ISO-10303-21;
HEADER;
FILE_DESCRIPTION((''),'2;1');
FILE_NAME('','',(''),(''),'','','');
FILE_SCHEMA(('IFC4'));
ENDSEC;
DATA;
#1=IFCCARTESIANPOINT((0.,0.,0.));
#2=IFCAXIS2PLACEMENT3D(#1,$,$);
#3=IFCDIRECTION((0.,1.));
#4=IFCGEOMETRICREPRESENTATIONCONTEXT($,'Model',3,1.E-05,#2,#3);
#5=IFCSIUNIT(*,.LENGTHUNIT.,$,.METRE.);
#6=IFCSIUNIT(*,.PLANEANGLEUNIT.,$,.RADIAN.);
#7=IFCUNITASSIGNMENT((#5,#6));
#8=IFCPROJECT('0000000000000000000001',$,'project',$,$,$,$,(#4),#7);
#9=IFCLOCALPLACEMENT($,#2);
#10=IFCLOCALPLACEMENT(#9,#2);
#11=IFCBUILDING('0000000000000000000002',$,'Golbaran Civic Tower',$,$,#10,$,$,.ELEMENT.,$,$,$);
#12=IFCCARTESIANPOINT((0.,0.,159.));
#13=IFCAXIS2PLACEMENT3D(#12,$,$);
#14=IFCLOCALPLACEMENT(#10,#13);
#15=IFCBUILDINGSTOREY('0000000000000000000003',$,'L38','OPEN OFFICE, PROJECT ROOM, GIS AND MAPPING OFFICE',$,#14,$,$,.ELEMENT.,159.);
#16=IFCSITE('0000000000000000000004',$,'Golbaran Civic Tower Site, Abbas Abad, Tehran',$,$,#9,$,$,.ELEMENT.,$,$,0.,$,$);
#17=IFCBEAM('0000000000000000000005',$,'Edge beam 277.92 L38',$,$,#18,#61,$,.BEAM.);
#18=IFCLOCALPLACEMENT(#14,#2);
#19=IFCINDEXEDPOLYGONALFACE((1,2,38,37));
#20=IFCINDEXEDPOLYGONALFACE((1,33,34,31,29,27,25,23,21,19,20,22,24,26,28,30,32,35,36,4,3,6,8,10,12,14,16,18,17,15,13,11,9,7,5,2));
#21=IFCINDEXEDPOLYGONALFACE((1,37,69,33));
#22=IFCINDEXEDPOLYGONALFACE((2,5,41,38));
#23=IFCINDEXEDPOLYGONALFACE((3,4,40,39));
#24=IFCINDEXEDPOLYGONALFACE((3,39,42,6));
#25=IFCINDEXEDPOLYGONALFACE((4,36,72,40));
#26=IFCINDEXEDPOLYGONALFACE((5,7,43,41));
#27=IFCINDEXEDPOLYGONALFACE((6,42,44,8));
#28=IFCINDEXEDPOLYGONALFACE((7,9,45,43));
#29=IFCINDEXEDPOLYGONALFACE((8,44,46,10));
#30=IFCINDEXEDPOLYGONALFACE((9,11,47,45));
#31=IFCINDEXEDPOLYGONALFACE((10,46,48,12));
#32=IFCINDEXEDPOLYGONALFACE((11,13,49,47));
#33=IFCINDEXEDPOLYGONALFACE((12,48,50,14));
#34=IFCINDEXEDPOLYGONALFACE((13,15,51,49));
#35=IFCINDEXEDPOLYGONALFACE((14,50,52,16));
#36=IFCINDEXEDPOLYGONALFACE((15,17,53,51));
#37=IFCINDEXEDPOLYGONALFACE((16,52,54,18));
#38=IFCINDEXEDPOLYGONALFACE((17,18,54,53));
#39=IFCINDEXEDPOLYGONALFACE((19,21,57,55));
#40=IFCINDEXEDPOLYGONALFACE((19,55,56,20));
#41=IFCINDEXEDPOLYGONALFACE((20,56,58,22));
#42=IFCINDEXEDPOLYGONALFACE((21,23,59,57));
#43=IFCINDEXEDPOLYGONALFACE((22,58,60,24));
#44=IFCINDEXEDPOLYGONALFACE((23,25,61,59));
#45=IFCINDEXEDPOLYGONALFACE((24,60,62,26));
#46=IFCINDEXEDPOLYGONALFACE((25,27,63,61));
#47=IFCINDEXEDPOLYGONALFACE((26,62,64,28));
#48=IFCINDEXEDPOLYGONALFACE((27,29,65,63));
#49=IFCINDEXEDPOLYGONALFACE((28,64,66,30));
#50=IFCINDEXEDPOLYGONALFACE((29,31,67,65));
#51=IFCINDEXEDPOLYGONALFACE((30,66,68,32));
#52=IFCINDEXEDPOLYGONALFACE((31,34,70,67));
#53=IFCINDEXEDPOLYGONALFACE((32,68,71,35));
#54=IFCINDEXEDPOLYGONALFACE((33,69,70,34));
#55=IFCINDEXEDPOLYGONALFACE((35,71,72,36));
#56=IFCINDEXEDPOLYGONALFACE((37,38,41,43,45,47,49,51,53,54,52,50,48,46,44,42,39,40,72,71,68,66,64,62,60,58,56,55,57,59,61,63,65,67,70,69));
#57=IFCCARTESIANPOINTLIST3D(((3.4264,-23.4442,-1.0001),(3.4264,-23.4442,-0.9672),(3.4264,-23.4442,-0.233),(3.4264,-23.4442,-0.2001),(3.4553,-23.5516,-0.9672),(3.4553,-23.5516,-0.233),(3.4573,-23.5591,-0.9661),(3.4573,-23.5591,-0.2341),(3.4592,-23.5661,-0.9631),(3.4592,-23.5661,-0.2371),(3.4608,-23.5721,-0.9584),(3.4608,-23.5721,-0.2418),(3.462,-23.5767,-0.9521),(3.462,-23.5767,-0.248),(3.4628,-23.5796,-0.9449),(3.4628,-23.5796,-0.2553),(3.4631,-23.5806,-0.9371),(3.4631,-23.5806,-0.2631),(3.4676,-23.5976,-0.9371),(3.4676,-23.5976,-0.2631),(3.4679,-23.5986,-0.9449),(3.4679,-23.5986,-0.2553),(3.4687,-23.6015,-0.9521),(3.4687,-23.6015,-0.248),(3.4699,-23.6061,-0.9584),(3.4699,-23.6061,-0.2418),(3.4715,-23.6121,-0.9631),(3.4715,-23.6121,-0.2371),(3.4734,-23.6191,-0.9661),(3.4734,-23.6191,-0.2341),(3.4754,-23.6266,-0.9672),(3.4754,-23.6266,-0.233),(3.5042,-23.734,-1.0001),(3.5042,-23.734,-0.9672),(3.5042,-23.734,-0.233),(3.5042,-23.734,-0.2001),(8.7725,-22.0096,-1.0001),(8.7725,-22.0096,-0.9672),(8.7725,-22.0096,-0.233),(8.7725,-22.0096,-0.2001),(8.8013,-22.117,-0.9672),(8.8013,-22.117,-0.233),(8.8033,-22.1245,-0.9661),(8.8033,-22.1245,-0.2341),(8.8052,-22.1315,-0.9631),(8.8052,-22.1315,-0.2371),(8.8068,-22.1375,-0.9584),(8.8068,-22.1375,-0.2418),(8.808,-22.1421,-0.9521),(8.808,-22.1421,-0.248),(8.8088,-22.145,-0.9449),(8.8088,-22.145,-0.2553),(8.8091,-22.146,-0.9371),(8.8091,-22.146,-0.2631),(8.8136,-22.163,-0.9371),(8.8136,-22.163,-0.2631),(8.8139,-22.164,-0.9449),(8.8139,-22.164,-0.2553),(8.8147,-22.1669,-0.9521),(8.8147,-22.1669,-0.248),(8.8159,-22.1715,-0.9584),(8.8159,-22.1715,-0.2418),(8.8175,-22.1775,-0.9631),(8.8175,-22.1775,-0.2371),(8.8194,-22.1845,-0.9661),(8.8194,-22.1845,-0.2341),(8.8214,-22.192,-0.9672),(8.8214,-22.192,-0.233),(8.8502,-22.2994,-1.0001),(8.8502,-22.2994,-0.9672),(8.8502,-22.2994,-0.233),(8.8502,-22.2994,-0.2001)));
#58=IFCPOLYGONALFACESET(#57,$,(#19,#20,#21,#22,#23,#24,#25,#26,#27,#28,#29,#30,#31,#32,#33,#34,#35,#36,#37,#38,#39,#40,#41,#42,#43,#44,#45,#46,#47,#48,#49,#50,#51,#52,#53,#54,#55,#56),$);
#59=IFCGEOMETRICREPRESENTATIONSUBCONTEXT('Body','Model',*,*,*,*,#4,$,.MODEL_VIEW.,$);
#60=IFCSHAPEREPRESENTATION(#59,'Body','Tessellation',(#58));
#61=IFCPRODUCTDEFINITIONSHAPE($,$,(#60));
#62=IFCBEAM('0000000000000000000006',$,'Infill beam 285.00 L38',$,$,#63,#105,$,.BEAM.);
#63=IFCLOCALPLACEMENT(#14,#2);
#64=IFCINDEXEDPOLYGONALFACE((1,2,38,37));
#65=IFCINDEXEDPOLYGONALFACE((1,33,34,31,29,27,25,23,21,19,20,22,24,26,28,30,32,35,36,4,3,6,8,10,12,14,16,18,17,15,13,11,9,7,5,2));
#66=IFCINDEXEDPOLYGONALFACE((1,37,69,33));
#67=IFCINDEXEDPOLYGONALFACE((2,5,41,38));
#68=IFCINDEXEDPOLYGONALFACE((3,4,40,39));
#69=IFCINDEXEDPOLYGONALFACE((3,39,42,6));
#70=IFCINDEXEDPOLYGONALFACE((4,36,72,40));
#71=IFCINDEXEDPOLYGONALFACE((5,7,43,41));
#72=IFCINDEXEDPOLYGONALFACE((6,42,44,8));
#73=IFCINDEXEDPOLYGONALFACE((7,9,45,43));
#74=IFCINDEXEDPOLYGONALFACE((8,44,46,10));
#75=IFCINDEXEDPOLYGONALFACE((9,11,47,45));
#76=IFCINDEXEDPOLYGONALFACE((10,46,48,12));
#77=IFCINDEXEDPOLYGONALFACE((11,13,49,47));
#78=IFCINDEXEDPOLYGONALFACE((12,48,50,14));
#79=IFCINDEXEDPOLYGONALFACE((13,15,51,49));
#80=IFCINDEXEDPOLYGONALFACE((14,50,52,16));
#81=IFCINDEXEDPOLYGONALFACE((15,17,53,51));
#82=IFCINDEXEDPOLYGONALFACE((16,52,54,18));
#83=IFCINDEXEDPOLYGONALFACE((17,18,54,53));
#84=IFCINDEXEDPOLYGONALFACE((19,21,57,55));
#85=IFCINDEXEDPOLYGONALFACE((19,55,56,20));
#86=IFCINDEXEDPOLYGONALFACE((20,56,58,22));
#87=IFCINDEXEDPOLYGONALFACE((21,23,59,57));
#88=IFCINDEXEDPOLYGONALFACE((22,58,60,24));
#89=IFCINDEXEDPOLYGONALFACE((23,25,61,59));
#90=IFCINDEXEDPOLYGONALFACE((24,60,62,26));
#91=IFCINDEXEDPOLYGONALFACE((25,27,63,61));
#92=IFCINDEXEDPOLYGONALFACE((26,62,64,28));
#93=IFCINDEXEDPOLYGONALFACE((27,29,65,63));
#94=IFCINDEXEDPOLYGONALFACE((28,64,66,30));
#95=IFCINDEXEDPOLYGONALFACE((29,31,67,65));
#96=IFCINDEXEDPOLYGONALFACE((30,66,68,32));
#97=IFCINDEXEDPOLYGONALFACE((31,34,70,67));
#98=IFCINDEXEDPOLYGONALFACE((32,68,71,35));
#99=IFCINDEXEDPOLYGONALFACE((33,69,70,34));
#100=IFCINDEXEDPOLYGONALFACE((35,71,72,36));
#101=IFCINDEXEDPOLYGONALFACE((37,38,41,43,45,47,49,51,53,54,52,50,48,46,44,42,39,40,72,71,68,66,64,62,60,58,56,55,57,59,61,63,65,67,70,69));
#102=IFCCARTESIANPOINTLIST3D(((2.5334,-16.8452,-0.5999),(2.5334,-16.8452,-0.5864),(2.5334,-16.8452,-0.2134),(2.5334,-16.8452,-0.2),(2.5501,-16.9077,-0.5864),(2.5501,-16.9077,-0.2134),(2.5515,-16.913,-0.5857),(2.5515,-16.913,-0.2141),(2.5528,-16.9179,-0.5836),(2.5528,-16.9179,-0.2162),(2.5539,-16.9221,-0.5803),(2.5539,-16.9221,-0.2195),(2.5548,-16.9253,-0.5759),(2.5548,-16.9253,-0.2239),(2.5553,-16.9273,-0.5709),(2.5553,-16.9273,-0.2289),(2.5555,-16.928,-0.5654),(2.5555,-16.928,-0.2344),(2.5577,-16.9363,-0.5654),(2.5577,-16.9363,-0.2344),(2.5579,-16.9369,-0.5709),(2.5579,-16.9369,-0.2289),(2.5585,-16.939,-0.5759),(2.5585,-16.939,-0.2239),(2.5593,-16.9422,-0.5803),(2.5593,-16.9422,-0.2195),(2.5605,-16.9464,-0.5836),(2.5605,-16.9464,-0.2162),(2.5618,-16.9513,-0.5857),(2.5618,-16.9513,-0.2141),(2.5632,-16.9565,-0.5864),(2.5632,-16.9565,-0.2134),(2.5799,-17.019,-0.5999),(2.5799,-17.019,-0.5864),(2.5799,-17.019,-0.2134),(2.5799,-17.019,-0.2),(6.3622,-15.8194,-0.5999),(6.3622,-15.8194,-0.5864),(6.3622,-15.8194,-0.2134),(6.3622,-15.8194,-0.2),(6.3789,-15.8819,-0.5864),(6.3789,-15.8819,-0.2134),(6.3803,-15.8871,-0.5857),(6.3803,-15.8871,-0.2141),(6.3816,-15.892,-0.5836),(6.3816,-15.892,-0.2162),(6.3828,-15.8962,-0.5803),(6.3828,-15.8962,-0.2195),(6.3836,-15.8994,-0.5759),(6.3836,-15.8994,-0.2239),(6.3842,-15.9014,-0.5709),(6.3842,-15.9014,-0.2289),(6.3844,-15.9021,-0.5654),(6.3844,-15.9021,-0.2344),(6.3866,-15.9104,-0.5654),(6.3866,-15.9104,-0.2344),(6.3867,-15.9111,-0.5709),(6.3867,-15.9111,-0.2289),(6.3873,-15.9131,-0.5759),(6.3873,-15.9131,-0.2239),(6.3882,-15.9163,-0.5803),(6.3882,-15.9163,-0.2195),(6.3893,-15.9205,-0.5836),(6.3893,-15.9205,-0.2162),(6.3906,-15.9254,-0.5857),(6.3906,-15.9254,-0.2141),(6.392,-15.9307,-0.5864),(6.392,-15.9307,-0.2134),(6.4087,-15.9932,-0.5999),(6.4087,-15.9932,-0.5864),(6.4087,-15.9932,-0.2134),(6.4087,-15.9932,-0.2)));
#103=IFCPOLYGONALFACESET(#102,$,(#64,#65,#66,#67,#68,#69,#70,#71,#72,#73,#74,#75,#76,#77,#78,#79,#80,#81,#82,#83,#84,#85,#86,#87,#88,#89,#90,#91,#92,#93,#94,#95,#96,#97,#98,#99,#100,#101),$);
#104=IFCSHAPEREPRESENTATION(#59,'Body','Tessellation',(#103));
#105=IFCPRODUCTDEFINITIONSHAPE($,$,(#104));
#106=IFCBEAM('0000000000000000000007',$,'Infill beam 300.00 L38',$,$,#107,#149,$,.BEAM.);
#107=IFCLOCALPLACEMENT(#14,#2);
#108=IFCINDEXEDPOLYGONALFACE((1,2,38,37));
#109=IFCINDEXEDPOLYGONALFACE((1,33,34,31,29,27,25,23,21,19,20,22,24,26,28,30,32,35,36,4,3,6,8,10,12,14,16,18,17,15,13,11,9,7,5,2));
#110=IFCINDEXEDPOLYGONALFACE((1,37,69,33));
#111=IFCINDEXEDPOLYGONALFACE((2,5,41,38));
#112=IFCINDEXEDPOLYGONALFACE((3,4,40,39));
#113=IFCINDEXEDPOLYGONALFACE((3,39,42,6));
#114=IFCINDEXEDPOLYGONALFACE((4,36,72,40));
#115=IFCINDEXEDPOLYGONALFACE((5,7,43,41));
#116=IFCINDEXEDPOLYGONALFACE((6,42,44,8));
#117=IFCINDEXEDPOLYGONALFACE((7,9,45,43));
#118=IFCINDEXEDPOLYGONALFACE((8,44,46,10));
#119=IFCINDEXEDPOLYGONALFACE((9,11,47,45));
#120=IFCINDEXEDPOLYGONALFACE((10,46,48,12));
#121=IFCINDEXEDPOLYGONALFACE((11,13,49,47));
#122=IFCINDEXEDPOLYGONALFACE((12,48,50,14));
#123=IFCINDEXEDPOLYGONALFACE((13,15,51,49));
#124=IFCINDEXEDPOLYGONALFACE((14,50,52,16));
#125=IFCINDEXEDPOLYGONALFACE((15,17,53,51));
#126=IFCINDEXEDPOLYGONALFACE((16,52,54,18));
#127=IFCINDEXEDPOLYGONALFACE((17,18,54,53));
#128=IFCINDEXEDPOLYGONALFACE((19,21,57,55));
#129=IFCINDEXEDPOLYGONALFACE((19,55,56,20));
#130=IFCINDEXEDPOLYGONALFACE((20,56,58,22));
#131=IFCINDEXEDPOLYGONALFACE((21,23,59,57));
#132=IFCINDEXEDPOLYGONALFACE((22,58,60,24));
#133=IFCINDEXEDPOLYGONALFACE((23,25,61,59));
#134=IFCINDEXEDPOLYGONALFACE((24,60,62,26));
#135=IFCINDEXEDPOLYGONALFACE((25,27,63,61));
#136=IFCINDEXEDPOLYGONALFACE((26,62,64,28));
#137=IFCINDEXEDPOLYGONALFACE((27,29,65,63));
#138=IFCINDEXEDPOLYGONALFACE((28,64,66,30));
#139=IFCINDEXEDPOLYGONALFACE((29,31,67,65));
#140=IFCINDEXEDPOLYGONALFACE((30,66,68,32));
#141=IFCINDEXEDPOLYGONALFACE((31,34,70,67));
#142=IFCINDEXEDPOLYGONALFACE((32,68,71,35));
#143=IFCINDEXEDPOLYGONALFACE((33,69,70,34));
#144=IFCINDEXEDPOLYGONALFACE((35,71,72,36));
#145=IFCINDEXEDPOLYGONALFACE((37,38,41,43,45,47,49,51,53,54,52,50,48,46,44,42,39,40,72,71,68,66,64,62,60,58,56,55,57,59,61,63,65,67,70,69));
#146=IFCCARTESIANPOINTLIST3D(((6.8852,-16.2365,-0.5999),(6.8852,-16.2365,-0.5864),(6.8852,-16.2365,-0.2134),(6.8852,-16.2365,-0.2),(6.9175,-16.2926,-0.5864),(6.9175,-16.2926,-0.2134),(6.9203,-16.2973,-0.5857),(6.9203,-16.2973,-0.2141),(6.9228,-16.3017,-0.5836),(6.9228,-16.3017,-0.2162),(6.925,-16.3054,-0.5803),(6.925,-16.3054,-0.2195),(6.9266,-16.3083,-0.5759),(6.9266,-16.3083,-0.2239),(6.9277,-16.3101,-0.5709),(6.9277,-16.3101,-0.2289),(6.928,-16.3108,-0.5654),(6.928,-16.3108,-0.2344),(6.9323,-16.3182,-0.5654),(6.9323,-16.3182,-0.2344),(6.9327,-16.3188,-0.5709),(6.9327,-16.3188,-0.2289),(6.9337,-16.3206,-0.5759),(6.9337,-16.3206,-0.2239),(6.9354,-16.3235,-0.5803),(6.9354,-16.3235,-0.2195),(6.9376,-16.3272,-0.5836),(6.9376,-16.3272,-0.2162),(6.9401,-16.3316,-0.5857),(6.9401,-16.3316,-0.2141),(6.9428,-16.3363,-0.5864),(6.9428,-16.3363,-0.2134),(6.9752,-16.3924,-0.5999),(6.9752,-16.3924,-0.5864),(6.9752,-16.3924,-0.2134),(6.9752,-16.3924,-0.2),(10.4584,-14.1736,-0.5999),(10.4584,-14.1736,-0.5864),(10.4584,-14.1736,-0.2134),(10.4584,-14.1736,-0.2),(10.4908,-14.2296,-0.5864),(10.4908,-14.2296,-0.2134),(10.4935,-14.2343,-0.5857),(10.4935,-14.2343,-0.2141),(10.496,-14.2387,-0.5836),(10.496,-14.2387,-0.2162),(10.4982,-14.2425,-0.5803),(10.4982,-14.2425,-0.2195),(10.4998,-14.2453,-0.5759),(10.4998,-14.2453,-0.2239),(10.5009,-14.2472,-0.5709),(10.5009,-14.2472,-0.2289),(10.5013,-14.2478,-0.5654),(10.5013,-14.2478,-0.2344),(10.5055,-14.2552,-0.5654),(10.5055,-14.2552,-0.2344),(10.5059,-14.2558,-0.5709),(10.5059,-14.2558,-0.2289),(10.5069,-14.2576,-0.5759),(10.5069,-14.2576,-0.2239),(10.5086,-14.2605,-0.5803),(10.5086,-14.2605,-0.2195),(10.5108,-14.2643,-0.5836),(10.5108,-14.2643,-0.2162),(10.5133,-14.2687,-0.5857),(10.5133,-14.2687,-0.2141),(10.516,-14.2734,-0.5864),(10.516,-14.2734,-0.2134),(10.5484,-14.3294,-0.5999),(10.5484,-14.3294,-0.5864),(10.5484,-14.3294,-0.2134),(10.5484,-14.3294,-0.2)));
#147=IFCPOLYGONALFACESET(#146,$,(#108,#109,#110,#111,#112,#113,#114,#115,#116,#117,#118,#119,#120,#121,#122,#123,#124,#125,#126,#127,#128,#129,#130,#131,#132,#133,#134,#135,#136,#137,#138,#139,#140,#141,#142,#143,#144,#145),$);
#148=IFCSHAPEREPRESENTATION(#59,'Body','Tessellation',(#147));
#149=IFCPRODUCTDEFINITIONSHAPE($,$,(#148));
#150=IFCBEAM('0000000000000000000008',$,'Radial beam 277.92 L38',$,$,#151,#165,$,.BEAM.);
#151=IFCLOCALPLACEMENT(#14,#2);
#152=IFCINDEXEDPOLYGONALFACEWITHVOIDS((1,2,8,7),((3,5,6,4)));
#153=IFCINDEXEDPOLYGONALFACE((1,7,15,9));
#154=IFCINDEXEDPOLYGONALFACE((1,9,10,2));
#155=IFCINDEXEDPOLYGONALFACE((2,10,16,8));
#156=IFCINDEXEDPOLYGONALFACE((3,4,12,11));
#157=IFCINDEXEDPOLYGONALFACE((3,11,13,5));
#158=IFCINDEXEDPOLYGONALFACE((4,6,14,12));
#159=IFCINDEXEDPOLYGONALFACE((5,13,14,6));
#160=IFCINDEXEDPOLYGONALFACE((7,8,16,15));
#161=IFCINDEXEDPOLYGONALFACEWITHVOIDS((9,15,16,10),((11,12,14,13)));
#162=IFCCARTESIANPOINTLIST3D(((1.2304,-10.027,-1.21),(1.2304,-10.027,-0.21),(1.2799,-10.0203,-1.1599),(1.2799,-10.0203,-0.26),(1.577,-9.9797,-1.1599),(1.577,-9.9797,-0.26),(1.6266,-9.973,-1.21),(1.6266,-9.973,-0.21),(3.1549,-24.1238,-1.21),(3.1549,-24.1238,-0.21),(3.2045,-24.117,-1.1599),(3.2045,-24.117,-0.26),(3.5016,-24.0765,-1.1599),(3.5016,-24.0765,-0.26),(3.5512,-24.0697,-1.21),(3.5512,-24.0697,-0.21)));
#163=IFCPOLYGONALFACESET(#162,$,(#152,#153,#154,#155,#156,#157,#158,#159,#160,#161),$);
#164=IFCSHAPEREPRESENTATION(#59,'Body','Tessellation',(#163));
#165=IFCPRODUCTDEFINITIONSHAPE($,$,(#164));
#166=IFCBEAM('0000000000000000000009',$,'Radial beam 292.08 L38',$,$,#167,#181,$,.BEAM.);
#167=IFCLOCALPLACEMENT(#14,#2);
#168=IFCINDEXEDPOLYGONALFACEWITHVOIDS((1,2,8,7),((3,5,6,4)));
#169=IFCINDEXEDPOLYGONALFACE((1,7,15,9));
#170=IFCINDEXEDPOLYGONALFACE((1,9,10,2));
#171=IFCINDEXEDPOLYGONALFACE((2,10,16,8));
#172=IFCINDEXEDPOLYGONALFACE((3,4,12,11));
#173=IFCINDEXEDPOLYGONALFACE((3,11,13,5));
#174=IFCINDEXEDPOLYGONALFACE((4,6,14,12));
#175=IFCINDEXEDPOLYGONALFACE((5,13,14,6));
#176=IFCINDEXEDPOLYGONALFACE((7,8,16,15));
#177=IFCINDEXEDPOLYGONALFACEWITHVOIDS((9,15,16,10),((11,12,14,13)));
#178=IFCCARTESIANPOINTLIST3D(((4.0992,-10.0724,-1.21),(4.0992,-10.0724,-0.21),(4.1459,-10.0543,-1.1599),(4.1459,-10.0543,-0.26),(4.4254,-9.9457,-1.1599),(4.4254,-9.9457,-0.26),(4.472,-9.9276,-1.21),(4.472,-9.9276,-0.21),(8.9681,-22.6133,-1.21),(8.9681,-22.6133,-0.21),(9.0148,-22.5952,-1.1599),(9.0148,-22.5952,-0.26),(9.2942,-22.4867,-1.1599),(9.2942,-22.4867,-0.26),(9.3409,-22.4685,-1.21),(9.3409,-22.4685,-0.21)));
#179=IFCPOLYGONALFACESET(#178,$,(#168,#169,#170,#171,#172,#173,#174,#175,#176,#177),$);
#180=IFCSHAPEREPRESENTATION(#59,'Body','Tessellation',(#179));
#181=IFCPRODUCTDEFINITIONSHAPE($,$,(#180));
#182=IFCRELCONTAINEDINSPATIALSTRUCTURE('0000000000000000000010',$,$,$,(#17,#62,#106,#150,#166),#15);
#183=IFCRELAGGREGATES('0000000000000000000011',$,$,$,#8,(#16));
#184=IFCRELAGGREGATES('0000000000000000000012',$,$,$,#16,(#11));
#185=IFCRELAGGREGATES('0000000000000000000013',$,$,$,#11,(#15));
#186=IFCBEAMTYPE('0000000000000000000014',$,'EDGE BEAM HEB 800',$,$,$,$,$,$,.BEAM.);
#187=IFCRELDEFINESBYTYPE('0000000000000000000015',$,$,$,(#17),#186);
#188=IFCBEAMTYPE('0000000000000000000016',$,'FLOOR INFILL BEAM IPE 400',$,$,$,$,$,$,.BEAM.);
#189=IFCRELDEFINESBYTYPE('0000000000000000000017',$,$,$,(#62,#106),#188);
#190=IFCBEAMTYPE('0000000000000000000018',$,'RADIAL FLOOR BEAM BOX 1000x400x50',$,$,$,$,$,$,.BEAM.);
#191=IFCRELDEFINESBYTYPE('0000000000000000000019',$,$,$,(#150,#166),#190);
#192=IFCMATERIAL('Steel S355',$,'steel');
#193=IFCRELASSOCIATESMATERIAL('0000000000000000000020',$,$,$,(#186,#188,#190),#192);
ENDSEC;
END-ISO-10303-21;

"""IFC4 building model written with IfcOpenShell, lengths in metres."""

from ifc_helpers import new_model, si_unit, direction, frame, origin, origin_2d, place, context, subcontext, project, spatial, hollow_rectangle, i_section, extrude, material, material_profile, profile_set, type_object, element, save


model = new_model("IFC4")

# Units and contexts
model_context = context("Model", 3, precision=1e-05, world=origin(), true_north=direction((0.0, 1.0)))
body_context = subcontext(model_context, "Body", "Model", "MODEL_VIEW")
ifc_project = project(units=[si_unit("LENGTHUNIT", "METRE"), si_unit("PLANEANGLEUNIT", "RADIAN")], contexts=[model_context])

# Site, building, storey
site_placement = place(None, origin())
site = spatial("IfcSite", under=ifc_project, at=site_placement, Name="Golbaran Civic Tower Site, Abbas Abad, Tehran", CompositionType="ELEMENT", RefElevation=0.0)
building_placement = place(site_placement, origin())
building = spatial("IfcBuilding", under=site, at=building_placement, Name="Golbaran Civic Tower", CompositionType="ELEMENT")
storey_placement = place(building_placement, frame((0.0, 0.0, 159.0)))
storey = spatial("IfcBuildingStorey", under=building, at=storey_placement, Name="L38", Description="OPEN OFFICE, PROJECT ROOM, GIS AND MAPPING OFFICE", CompositionType="ELEMENT", Elevation=159.0)

# Beams
ifc_material_1 = material(Name="Steel S355", Category="steel")
ifc_material_profile_1 = material_profile(ifc_material_1, i_section(OverallWidth=0.3, OverallDepth=0.8, WebThickness=0.0176, FlangeThickness=0.033, FilletRadius=0.03, at=origin_2d()), Name="HEB 800")
ifc_profile_set_1 = profile_set([ifc_material_profile_1], Name="Steel S355")
beam_type_1 = type_object("IfcBeamType", Name="EDGE BEAM HEB 800", PredefinedType="BEAM", material=ifc_profile_set_1)
beam_1_placement = place(storey_placement, frame((3.4653, -23.5891, -0.6001), z_axis=(0.96583, 0.259178, 0.0), x_axis=(-0.259178, 0.96583, 0.0)))
element("IfcBeam", 1, at=beam_1_placement, inside=storey, type_object=beam_type_1, Name="Edge beam 277.92 L38", PredefinedType="BEAM", context=body_context, shape_type="SweptSolid", body=[
    extrude(i_section(OverallWidth=0.3, OverallDepth=0.8, WebThickness=0.0176, FlangeThickness=0.033, FilletRadius=0.03, at=origin_2d()), origin(), (0.0, 0.0, 1.0), 5.5352),
])
ifc_material_profile_2 = material_profile(ifc_material_1, i_section(OverallWidth=0.1799, OverallDepth=0.3999, WebThickness=0.0085, FlangeThickness=0.0134, FilletRadius=0.021, at=origin_2d()), Name="IPE 400")
ifc_profile_set_2 = profile_set([ifc_material_profile_2], Name="Steel S355")
beam_type_2 = type_object("IfcBeamType", Name="FLOOR INFILL BEAM IPE 400", PredefinedType="BEAM", material=ifc_profile_set_2)
beam_2_placement = place(storey_placement, frame((2.5566, -16.9321, -0.3999), z_axis=(0.96593, 0.258805, 0.0), x_axis=(-0.258805, 0.96593, 0.0)))
element("IfcBeam", 2, at=beam_2_placement, inside=storey, type_object=beam_type_2, Name="Infill beam 285.00 L38", PredefinedType="BEAM", context=body_context, shape_type="SweptSolid", body=[
    extrude(i_section(OverallWidth=0.1799, OverallDepth=0.3999, WebThickness=0.0085, FlangeThickness=0.0134, FilletRadius=0.021, at=origin_2d()), origin(), (0.0, 0.0, 1.0), 3.9639),
])
beam_3_placement = place(storey_placement, frame((6.9302, -16.3145, -0.3999), z_axis=(0.866028, 0.499996, 0.0), x_axis=(-0.499996, 0.866028, 0.0)))
element("IfcBeam", 3, at=beam_3_placement, inside=storey, type_object=beam_type_2, Name="Infill beam 300.00 L38", PredefinedType="BEAM", context=body_context, shape_type="SweptSolid", body=[
    extrude(i_section(OverallWidth=0.1799, OverallDepth=0.3999, WebThickness=0.0085, FlangeThickness=0.0134, FilletRadius=0.021, at=origin_2d()), origin(), (0.0, 0.0, 1.0), 4.126),
])
ifc_material_profile_3 = material_profile(ifc_material_1, hollow_rectangle(XDim=0.3999, YDim=1.0, WallThickness=0.05, at=origin_2d()), Name="BOX 1000x400x50")
ifc_profile_set_3 = profile_set([ifc_material_profile_3], Name="Steel S355")
beam_type_3 = type_object("IfcBeamType", Name="RADIAL FLOOR BEAM BOX 1000x400x50", PredefinedType="BEAM", material=ifc_profile_set_3)
beam_4_placement = place(storey_placement, frame((1.4285, -10.0, -0.71), z_axis=(0.135271, -0.990809, 0.0), x_axis=(0.990809, 0.135271, 0.0)))
element("IfcBeam", 4, at=beam_4_placement, inside=storey, type_object=beam_type_3, Name="Radial beam 277.92 L38", PredefinedType="BEAM", context=body_context, shape_type="SweptSolid", body=[
    extrude(hollow_rectangle(XDim=0.3999, YDim=1.0, WallThickness=0.05, at=origin_2d()), origin(), (0.0, 0.0, 1.0), 14.2275),
])
beam_5_placement = place(storey_placement, frame((4.2856, -10.0, -0.71), z_axis=(0.361919, -0.93221, 0.0), x_axis=(0.93221, 0.361919, 0.0)))
element("IfcBeam", 5, at=beam_5_placement, inside=storey, type_object=beam_type_3, Name="Radial beam 292.08 L38", PredefinedType="BEAM", context=body_context, shape_type="SweptSolid", body=[
    extrude(hollow_rectangle(XDim=0.3999, YDim=1.0, WallThickness=0.05, at=origin_2d()), origin(), (0.0, 0.0, 1.0), 13.4529),
])

save(model, "model.ifc")
